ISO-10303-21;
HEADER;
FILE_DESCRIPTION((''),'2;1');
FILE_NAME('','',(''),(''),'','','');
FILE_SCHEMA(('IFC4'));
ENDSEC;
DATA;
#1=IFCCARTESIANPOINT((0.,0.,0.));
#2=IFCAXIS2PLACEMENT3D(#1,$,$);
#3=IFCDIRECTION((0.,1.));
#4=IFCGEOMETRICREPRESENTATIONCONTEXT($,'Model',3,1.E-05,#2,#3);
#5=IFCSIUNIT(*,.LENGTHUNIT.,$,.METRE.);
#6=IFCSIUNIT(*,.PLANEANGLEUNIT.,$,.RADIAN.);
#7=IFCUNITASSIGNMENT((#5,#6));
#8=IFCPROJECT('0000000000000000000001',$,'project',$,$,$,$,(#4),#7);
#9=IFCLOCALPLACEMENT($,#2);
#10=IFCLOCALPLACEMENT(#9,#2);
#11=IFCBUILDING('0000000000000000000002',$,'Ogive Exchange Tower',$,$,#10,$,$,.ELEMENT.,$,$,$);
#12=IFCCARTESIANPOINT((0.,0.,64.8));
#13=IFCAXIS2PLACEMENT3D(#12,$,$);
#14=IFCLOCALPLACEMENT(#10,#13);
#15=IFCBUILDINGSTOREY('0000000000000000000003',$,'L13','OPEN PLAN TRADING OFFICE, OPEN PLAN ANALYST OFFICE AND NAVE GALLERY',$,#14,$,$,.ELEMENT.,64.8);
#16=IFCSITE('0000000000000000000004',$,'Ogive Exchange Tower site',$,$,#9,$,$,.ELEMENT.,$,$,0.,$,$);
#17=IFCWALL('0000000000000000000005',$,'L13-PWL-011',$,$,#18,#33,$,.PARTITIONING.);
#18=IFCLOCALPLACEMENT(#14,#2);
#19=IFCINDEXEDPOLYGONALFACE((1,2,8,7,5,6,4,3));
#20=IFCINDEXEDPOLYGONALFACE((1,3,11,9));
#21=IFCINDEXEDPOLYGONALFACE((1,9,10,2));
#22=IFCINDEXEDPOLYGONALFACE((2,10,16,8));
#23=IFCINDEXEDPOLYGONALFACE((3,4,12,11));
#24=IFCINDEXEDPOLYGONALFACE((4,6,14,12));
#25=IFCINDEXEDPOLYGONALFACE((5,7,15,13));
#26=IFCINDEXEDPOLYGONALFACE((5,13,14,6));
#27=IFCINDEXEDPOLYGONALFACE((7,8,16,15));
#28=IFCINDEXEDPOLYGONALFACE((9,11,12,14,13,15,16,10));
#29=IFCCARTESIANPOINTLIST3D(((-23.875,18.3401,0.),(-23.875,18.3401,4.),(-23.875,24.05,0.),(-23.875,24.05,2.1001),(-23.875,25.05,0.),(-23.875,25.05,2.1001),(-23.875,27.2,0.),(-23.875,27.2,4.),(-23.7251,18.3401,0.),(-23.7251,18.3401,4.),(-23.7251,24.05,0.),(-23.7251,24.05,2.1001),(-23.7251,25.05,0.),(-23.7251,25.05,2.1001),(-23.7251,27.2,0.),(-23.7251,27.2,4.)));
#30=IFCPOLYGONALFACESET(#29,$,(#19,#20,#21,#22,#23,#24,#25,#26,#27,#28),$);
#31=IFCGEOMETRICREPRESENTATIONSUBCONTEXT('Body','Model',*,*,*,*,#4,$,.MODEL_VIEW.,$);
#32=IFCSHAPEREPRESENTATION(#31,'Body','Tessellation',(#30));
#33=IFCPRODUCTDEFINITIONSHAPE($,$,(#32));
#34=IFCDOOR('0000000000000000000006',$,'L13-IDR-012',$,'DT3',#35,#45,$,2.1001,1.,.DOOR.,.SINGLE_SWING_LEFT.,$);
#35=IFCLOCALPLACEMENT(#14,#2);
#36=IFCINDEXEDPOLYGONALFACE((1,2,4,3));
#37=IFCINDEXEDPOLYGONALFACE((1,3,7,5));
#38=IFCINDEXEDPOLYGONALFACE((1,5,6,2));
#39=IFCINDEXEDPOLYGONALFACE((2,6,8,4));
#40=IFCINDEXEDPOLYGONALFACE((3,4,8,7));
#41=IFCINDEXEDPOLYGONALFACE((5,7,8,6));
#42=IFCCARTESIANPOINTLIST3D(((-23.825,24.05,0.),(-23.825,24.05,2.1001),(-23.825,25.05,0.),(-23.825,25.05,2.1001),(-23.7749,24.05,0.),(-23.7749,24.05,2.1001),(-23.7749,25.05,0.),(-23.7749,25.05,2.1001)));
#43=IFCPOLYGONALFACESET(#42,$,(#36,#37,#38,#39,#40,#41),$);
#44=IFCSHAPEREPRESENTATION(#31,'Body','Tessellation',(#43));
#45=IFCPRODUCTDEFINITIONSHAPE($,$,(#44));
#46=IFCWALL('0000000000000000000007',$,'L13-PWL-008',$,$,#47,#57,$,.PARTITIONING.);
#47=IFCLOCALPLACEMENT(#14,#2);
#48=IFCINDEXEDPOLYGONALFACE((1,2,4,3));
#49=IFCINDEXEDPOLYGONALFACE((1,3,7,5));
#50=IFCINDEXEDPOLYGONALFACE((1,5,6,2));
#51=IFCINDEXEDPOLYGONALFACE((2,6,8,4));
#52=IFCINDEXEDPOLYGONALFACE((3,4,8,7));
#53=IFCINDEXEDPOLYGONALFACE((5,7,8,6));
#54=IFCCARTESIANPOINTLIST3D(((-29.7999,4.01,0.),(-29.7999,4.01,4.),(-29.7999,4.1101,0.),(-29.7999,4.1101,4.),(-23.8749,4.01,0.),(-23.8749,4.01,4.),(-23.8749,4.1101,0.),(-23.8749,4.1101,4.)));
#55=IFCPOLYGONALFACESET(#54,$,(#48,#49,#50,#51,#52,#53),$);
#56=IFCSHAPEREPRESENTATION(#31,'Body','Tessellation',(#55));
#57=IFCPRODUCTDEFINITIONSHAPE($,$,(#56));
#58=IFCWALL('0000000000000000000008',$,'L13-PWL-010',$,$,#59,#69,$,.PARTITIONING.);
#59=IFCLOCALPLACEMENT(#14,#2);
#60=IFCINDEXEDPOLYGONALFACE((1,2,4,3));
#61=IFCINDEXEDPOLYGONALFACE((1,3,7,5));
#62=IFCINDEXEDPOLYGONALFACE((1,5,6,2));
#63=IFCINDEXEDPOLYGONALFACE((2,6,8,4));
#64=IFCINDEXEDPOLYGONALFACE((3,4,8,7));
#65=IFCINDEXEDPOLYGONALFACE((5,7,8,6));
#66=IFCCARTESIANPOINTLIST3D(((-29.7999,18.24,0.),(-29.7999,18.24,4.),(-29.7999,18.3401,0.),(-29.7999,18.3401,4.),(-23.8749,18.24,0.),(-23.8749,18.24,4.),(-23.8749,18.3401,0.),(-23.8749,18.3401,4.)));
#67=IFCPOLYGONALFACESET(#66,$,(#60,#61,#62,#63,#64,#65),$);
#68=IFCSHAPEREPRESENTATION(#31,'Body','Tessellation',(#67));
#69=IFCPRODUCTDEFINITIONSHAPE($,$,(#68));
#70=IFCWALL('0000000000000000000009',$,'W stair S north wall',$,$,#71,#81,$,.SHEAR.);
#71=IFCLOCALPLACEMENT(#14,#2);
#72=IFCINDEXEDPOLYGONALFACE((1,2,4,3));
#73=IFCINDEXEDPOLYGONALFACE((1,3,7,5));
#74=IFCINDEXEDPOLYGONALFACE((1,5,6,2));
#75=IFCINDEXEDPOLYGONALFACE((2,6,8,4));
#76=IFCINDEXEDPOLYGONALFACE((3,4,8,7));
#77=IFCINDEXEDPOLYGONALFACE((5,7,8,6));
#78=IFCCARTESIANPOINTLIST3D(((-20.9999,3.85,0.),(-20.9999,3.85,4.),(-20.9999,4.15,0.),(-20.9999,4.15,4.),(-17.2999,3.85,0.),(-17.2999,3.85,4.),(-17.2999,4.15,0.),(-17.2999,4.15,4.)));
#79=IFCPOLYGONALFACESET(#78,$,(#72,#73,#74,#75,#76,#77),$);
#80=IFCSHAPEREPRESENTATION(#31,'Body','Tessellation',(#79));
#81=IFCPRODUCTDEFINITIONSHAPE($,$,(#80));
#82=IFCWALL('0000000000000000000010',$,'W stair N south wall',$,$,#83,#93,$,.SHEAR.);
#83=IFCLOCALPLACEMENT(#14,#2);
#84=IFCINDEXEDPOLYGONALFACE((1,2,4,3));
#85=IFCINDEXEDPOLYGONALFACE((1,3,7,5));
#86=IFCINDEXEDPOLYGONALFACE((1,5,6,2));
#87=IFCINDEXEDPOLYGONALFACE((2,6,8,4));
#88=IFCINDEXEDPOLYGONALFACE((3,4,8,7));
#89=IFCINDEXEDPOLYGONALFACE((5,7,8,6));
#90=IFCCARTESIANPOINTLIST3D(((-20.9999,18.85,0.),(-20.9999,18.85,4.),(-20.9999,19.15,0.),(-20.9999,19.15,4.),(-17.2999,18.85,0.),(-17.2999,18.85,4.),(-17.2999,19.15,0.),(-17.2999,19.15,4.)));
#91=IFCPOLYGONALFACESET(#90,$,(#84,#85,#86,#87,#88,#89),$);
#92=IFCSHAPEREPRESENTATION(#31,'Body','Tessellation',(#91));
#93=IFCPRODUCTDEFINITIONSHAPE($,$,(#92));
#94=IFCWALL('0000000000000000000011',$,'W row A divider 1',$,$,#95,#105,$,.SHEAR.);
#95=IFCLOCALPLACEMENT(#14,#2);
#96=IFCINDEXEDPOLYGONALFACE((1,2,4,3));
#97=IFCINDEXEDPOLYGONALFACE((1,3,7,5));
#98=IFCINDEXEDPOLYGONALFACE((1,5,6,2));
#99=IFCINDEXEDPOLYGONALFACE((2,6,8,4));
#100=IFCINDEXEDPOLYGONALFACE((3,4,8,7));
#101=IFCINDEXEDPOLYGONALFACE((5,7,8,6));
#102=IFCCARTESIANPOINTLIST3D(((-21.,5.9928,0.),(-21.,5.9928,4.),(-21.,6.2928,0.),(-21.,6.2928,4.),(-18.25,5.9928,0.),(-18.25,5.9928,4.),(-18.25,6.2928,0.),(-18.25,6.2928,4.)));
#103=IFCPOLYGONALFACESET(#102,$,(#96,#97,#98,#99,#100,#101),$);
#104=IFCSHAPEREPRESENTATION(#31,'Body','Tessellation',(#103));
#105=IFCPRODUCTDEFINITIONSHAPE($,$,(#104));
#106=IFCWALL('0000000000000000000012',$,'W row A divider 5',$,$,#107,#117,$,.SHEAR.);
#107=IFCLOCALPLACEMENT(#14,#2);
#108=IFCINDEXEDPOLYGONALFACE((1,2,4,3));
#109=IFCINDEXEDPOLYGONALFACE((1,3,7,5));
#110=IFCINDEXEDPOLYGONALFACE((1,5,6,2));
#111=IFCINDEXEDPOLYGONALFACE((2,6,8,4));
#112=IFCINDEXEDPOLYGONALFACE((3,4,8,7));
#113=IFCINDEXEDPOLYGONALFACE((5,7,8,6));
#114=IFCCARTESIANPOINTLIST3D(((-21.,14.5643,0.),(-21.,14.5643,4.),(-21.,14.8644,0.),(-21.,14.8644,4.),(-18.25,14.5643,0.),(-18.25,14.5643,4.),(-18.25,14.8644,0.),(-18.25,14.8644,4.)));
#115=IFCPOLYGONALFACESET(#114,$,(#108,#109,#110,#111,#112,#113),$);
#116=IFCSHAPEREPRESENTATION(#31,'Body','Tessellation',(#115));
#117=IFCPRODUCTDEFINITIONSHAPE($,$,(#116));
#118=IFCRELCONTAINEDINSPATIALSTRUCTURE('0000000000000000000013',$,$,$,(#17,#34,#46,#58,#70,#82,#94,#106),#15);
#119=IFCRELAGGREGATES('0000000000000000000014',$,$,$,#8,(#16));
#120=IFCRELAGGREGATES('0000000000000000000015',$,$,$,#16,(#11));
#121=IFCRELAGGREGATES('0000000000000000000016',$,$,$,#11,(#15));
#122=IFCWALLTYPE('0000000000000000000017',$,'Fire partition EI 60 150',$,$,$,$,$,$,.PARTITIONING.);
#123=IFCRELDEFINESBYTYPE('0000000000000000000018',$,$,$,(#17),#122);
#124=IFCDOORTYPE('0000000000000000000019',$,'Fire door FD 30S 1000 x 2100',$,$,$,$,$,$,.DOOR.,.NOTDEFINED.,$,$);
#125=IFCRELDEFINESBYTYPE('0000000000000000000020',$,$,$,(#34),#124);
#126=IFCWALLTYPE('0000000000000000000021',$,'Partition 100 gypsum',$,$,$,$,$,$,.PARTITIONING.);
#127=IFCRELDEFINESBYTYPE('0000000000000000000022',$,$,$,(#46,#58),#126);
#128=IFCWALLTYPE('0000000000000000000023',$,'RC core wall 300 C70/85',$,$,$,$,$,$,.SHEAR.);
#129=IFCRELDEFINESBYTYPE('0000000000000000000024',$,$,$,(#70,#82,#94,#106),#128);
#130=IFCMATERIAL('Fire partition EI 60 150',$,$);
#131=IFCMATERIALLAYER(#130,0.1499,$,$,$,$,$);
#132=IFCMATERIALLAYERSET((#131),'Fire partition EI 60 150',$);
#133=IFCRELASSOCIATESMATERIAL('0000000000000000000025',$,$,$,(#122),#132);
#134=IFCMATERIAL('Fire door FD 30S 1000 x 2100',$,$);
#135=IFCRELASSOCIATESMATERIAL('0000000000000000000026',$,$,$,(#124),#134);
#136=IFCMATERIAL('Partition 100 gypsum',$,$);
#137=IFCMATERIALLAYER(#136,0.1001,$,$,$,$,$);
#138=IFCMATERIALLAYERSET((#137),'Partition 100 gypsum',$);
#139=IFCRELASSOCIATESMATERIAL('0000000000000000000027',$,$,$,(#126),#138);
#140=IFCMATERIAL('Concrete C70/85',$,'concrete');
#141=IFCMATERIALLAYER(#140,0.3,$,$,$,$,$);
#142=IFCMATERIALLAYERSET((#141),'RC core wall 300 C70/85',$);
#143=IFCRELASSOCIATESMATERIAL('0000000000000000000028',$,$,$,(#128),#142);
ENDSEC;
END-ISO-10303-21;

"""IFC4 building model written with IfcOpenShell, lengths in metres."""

from ifc_helpers import new_model, si_unit, direction, frame, frame_2d, origin, place, context, subcontext, project, spatial, rectangle, extrude, material, layer, layer_set, type_object, element, fill, save


model = new_model("IFC4")

# Units and contexts
model_context = context("Model", 3, precision=1e-05, world=origin(), true_north=direction((0.0, 1.0)))
body_context = subcontext(model_context, "Body", "Model", "MODEL_VIEW")
ifc_project = project(units=[si_unit("LENGTHUNIT", "METRE"), si_unit("PLANEANGLEUNIT", "RADIAN")], contexts=[model_context])

# Site, building, storey
site_placement = place(None, origin())
site = spatial("IfcSite", under=ifc_project, at=site_placement, Name="Ogive Exchange Tower site", CompositionType="ELEMENT", RefElevation=0.0)
building_placement = place(site_placement, origin())
building = spatial("IfcBuilding", under=site, at=building_placement, Name="Ogive Exchange Tower", CompositionType="ELEMENT")
storey_placement = place(building_placement, frame((0.0, 0.0, 64.8)))
storey = spatial("IfcBuildingStorey", under=building, at=storey_placement, Name="L13", Description="OPEN PLAN TRADING OFFICE, OPEN PLAN ANALYST OFFICE AND NAVE GALLERY", CompositionType="ELEMENT", Elevation=64.8)

# Wall, opening, door
ifc_material_1 = material(Name="Fire partition EI 60 150")
ifc_layer_1 = layer(ifc_material_1, 0.1499)
ifc_layer_set_1 = layer_set([ifc_layer_1], Name="Fire partition EI 60 150")
wall_type_1 = type_object("IfcWallType", Name="Fire partition EI 60 150", PredefinedType="PARTITIONING", material=ifc_layer_set_1)
ifc_material_2 = material(Name="Fire door FD 30S 1000 x 2100")
door_type = type_object("IfcDoorType", Name="Fire door FD 30S 1000 x 2100", OperationType="NOTDEFINED", PredefinedType="DOOR", material=ifc_material_2)
wall_1_placement = place(storey_placement, frame((-23.8, 18.3401, 0.0), z_axis=(0.0, 0.0, 1.0), x_axis=(0.0, 1.0, 0.0)))
wall_1 = element("IfcWall", 1, at=wall_1_placement, inside=storey, type_object=wall_type_1, Name="L13-PWL-011", PredefinedType="PARTITIONING", context=body_context, shape_type="SweptSolid", body=[
    extrude(rectangle(XDim=8.8599, YDim=0.1499, at=frame_2d((4.4299, 0.0))), origin(), (0.0, 0.0, 1.0), 4.0),
])
opening_1_placement = place(wall_1_placement, frame((5.71, 0.0, 0.0)))
opening_1 = element("IfcOpeningElement", 2, at=opening_1_placement, cuts=wall_1, PredefinedType="OPENING", context=body_context, shape_type="SweptSolid", body=[
    extrude(rectangle(XDim=1.0, YDim=2.1001, at=frame_2d((0.5, 1.05))), frame((0.0, 0.085, 0.0), z_axis=(0.0, -1.0, 0.0), x_axis=(1.0, 0.0, 0.0)), (0.0, 0.0, 1.0), 0.1699),
])
door_1_placement = place(opening_1_placement, origin())
door_1 = element("IfcDoor", 3, at=door_1_placement, inside=storey, type_object=door_type, Name="L13-IDR-012", ObjectType="DT3", OperationType="SINGLE_SWING_LEFT", OverallHeight=2.1001, OverallWidth=1.0, PredefinedType="DOOR", context=body_context, shape_type="SweptSolid", body=[
    extrude(rectangle(XDim=1.0, YDim=2.1001, at=frame_2d((0.5, 1.05))), frame((0.0, 0.0249, 0.0), z_axis=(0.0, -1.0, 0.0), x_axis=(1.0, 0.0, 0.0)), (0.0, 0.0, 1.0), 0.05),
])
fill(opening_1, door_1)

# Walls
ifc_material_3 = material(Name="Partition 100 gypsum")
ifc_layer_2 = layer(ifc_material_3, 0.1001)
ifc_layer_set_2 = layer_set([ifc_layer_2], Name="Partition 100 gypsum")
wall_type_2 = type_object("IfcWallType", Name="Partition 100 gypsum", PredefinedType="PARTITIONING", material=ifc_layer_set_2)
for number, where, z_axis, x_axis, name in (
    (4, (-23.875, 4.0601, 0.0), (0.0, 0.0, 1.0), (-1.0, 0.0, 0.0), "L13-PWL-008"),
    (5, (-23.875, 18.29, 0.0), (0.0, 0.0, 1.0), (-1.0, 0.0, 0.0), "L13-PWL-010"),
):
    element("IfcWall", number, at=place(storey_placement, frame(where, z_axis=z_axis, x_axis=x_axis)), inside=storey, type_object=wall_type_2, Name=name, PredefinedType="PARTITIONING", context=body_context, shape_type="SweptSolid", body=[
        extrude(rectangle(XDim=5.925, YDim=0.1001, at=frame_2d((2.9624, 0.0))), origin(), (0.0, 0.0, 1.0), 4.0),
    ])
ifc_material_4 = material(Name="Concrete C70/85", Category="concrete")
ifc_layer_3 = layer(ifc_material_4, 0.3)
ifc_layer_set_3 = layer_set([ifc_layer_3], Name="RC core wall 300 C70/85")
wall_type_3 = type_object("IfcWallType", Name="RC core wall 300 C70/85", PredefinedType="SHEAR", material=ifc_layer_set_3)
for number, where, z_axis, x_axis, name in (
    (6, (-21.0, 4.0, 0.0), (0.0, 0.0, 1.0), (1.0, 0.0, 0.0), "W stair S north wall"),
    (7, (-21.0, 19.0, 0.0), (0.0, 0.0, 1.0), (1.0, 0.0, 0.0), "W stair N south wall"),
):
    element("IfcWall", number, at=place(storey_placement, frame(where, z_axis=z_axis, x_axis=x_axis)), inside=storey, type_object=wall_type_3, Name=name, PredefinedType="SHEAR", context=body_context, shape_type="SweptSolid", body=[
        extrude(rectangle(XDim=3.7, YDim=0.3, at=frame_2d((1.8501, 0.0))), origin(), (0.0, 0.0, 1.0), 4.0),
    ])
for number, where, z_axis, x_axis, name in (
    (8, (-21.0, 6.1428, 0.0), (0.0, 0.0, 1.0), (1.0, 0.0, 0.0), "W row A divider 1"),
    (9, (-21.0, 14.7144, 0.0), (0.0, 0.0, 1.0), (1.0, 0.0, 0.0), "W row A divider 5"),
):
    element("IfcWall", number, at=place(storey_placement, frame(where, z_axis=z_axis, x_axis=x_axis)), inside=storey, type_object=wall_type_3, Name=name, PredefinedType="SHEAR", context=body_context, shape_type="SweptSolid", body=[
        extrude(rectangle(XDim=2.75, YDim=0.3, at=frame_2d((1.375, 0.0))), origin(), (0.0, 0.0, 1.0), 4.0),
    ])

save(model, "model.ifc")
